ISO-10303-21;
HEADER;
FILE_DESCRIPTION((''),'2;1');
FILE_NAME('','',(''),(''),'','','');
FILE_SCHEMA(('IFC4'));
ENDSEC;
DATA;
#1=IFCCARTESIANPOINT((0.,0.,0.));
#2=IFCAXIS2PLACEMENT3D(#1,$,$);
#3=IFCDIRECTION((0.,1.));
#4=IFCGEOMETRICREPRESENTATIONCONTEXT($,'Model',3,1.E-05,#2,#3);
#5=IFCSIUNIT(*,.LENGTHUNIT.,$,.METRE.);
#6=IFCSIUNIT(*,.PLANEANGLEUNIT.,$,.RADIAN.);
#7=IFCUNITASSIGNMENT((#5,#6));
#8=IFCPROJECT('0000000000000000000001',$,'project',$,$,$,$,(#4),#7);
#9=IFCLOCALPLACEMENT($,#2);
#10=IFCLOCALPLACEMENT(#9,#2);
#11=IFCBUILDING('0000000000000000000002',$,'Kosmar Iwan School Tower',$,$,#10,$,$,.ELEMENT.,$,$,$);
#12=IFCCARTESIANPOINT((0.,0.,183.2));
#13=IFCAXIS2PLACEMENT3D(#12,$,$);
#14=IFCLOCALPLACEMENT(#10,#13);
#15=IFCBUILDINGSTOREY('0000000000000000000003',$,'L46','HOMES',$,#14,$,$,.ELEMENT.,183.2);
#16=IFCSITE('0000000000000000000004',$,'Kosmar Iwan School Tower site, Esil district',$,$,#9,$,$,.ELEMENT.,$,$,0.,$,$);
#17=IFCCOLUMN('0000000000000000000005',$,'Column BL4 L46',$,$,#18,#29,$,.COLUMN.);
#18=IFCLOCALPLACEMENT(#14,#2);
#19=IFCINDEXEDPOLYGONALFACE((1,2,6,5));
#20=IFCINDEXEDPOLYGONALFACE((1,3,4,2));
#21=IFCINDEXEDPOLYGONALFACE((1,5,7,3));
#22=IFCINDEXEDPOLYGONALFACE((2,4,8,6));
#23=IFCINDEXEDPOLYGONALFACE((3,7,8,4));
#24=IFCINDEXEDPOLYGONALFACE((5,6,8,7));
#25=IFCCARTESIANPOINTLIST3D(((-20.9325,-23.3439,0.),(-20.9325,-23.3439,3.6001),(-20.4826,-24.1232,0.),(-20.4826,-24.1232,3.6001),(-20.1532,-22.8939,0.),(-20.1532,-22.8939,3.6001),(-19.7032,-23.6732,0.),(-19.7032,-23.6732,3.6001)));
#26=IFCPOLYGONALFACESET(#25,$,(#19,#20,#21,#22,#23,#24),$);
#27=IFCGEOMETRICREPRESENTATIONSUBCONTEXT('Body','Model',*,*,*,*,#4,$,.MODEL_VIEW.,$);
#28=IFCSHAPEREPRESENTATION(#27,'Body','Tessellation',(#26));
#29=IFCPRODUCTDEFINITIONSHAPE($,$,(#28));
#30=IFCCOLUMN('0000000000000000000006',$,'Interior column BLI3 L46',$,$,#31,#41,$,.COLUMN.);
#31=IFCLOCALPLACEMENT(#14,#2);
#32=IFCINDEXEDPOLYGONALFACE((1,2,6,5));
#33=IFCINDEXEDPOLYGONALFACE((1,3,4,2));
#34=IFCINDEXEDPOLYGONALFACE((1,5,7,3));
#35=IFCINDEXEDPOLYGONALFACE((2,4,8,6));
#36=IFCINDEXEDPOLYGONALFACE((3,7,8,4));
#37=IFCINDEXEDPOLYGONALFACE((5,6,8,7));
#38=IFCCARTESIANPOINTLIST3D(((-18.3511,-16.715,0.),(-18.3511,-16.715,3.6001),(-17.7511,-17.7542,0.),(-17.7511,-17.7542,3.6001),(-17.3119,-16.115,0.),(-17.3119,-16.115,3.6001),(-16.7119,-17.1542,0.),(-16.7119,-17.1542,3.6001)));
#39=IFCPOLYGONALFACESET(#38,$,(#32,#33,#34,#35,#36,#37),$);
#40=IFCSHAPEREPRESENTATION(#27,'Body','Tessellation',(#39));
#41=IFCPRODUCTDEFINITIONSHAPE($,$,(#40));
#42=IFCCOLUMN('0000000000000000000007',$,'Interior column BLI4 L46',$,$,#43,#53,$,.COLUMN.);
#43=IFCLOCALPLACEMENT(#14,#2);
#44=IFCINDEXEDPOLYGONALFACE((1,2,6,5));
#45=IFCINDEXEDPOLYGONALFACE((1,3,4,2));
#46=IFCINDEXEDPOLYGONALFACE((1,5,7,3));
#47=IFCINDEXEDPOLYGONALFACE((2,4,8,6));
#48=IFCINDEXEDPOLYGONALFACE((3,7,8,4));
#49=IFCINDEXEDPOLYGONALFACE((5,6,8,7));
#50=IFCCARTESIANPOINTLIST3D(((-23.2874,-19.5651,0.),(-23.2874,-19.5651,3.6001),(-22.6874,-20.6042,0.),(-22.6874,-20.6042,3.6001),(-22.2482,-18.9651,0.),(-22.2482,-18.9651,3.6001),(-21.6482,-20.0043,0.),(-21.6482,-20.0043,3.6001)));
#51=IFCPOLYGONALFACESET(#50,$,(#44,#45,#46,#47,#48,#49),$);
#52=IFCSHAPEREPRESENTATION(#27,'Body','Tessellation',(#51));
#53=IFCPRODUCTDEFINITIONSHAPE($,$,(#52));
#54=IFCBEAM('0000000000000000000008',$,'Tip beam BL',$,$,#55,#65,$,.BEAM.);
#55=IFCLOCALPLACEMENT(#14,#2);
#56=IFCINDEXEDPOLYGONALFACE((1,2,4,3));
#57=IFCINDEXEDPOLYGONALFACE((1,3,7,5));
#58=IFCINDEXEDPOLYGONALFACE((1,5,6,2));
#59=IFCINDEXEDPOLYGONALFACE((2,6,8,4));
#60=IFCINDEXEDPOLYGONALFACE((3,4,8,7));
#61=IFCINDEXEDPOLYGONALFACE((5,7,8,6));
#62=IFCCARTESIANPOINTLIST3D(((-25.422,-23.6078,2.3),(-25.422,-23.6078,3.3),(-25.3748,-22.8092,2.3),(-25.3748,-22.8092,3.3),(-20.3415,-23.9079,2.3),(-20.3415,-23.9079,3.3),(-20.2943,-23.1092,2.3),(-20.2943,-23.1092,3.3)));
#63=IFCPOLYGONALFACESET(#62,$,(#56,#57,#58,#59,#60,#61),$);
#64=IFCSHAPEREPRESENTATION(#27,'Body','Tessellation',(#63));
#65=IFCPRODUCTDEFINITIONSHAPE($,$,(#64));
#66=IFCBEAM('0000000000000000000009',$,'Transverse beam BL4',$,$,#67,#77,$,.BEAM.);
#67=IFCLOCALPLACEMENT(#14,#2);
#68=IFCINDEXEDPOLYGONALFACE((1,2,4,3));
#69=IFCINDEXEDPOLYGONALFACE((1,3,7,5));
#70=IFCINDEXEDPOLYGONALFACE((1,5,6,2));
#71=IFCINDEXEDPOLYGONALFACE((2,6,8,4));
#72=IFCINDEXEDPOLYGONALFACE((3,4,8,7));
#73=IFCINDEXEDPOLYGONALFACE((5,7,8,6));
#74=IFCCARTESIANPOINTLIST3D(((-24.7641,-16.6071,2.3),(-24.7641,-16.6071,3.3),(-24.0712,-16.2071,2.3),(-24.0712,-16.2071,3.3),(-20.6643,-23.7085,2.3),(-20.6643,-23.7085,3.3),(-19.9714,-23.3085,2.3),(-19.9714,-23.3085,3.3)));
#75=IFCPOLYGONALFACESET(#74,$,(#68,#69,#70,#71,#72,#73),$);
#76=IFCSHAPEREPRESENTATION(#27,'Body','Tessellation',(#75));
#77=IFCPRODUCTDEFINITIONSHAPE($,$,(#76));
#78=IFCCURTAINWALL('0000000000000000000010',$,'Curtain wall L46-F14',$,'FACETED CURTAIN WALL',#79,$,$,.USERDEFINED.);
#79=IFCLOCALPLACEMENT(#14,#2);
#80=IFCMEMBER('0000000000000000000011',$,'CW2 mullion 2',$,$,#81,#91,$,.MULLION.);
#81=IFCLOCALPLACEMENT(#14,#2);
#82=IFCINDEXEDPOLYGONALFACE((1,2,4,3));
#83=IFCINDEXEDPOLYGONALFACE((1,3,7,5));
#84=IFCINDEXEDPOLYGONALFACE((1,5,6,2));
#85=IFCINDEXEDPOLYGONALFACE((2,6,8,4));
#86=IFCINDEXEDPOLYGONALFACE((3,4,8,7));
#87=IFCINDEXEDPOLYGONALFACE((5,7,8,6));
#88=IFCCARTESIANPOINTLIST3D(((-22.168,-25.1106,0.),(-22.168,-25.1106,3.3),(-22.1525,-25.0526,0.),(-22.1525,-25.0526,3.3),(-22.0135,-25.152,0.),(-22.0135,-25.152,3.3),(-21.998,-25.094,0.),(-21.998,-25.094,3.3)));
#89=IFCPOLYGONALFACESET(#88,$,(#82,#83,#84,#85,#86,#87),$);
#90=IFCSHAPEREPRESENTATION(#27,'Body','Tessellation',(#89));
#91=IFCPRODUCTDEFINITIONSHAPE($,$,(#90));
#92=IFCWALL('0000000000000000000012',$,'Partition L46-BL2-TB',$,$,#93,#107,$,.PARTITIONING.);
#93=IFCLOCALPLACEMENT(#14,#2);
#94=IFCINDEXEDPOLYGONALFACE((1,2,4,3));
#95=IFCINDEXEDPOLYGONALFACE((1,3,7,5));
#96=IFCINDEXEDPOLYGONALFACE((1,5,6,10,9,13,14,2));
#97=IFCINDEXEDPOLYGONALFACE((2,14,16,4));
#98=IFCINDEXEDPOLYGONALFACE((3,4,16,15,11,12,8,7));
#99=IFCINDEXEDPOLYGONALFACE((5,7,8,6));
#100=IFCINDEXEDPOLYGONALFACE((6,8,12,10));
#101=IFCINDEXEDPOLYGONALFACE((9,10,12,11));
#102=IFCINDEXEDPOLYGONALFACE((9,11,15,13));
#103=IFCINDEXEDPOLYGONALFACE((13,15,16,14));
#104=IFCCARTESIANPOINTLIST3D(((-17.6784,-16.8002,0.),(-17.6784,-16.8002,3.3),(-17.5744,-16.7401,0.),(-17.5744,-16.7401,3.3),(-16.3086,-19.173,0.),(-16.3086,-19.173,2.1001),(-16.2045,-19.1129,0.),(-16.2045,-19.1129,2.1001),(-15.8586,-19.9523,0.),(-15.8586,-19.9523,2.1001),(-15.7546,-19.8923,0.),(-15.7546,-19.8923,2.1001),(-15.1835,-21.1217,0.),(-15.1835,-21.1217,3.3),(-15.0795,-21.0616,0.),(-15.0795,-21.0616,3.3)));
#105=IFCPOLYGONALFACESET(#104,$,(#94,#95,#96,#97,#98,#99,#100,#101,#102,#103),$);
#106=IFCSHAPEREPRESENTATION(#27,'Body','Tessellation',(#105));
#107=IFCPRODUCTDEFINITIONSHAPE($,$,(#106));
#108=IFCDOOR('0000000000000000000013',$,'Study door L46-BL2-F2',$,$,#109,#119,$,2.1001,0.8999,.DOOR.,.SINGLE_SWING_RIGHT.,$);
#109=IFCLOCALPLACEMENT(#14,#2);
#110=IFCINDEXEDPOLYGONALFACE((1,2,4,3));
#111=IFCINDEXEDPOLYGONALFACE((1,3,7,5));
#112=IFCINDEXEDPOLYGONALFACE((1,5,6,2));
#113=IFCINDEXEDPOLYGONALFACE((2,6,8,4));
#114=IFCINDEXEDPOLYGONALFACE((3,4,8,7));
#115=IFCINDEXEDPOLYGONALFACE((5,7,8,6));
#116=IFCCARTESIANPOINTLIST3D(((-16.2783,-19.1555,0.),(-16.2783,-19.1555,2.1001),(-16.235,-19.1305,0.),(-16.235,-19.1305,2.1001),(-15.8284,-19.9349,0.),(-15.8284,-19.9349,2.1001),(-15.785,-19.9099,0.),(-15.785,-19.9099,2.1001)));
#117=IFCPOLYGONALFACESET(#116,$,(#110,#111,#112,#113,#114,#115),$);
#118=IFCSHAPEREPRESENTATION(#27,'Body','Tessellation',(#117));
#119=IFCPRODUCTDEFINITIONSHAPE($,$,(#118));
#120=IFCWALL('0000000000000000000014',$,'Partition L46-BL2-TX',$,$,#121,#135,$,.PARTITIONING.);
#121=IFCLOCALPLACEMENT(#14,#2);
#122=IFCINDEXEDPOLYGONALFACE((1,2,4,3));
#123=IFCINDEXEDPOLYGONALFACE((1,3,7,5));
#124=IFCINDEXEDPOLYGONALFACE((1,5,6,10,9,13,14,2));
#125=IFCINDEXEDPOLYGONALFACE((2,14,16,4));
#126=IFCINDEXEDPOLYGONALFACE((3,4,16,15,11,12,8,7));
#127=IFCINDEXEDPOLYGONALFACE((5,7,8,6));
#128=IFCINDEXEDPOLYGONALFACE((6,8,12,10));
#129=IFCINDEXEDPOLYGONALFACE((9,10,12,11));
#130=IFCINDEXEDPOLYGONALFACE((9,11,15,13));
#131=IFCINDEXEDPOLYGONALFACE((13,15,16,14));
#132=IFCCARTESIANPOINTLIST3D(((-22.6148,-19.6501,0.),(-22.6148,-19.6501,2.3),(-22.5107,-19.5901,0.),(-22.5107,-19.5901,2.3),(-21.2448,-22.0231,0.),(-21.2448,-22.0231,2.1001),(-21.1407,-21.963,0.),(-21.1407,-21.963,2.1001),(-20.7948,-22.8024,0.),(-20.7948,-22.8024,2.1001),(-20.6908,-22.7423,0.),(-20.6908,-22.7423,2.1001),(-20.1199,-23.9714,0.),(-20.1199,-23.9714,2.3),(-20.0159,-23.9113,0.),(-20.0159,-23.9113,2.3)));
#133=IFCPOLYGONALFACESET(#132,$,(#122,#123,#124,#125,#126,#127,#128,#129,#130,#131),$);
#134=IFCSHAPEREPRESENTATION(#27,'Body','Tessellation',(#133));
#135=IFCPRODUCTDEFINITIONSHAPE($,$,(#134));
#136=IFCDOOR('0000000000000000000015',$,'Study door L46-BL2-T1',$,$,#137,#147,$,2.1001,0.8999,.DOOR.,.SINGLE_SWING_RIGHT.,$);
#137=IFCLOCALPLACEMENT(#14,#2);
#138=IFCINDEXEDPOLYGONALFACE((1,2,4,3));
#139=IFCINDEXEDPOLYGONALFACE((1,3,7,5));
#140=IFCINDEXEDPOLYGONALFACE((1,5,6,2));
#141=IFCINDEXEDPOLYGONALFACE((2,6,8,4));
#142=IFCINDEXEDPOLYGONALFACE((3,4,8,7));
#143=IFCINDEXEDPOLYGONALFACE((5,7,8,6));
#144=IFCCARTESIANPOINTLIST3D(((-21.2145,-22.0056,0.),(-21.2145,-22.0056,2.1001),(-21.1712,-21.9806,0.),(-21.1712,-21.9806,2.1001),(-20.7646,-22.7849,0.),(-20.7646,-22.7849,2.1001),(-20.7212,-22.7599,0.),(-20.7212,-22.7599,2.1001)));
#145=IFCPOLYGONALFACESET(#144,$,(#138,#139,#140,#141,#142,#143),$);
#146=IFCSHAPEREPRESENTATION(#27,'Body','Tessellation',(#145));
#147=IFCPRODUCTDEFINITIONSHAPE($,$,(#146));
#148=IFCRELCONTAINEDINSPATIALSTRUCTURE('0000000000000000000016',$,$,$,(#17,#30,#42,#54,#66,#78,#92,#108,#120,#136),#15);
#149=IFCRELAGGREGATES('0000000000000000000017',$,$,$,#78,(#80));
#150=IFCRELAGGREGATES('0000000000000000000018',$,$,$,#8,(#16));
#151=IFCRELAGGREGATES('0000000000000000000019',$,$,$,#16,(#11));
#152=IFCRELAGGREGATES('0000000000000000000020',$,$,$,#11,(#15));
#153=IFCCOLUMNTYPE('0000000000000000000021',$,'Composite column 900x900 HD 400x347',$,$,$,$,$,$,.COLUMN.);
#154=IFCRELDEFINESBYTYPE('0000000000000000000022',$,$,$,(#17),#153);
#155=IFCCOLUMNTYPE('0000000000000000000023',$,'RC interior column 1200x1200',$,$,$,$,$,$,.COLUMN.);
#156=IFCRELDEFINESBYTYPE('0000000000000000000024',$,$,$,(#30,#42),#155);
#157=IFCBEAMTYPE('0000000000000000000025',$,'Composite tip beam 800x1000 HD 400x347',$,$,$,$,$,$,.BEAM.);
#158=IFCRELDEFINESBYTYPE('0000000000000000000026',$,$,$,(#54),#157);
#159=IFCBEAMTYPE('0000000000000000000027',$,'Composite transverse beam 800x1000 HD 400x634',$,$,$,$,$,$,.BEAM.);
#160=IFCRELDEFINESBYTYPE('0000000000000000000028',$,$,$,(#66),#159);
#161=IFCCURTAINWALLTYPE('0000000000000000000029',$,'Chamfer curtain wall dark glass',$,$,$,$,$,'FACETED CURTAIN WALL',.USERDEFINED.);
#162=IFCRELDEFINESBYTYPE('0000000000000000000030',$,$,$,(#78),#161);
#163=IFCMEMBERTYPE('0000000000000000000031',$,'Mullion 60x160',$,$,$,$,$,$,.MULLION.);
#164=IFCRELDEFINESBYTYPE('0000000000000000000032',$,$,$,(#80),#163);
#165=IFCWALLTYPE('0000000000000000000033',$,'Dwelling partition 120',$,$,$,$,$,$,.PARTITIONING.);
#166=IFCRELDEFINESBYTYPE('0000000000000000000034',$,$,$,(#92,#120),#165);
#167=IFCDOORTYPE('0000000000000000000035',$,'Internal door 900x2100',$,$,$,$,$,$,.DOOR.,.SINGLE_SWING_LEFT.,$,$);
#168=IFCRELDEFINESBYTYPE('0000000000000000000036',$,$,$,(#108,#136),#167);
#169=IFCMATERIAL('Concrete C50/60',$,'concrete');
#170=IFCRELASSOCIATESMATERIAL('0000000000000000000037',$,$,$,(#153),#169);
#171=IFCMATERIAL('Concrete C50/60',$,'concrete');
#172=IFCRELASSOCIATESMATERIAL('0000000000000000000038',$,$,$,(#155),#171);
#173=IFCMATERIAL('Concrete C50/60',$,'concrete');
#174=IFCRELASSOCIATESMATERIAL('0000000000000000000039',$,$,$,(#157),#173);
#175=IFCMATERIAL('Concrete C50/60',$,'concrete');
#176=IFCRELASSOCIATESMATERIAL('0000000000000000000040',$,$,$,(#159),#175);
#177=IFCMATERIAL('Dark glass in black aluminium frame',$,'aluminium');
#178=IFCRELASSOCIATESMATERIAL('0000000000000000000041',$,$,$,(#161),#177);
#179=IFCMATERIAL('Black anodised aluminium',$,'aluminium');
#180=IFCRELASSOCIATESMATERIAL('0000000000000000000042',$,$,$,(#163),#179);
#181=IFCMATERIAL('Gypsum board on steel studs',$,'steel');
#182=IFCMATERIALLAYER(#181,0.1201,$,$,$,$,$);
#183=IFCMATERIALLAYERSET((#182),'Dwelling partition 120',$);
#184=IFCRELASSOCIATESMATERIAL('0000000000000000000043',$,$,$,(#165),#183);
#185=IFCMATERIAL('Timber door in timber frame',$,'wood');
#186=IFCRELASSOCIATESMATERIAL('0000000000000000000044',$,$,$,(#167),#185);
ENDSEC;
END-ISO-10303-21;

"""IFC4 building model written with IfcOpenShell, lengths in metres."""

from ifc_helpers import new_model, si_unit, direction, frame, frame_2d, origin, origin_2d, place, context, subcontext, project, spatial, rectangle, extrude, material, layer, layer_set, material_profile, profile_set, type_object, element, fill, aggregate, save


model = new_model("IFC4")

# Units and contexts
model_context = context("Model", 3, precision=1e-05, world=origin(), true_north=direction((0.0, 1.0)))
body_context = subcontext(model_context, "Body", "Model", "MODEL_VIEW")
ifc_project = project(units=[si_unit("LENGTHUNIT", "METRE"), si_unit("PLANEANGLEUNIT", "RADIAN")], contexts=[model_context])

# Site, building, storey
site_placement = place(None, origin())
site = spatial("IfcSite", under=ifc_project, at=site_placement, Name="Kosmar Iwan School Tower site, Esil district", CompositionType="ELEMENT", RefElevation=0.0)
building_placement = place(site_placement, origin())
building = spatial("IfcBuilding", under=site, at=building_placement, Name="Kosmar Iwan School Tower", CompositionType="ELEMENT")
storey_placement = place(building_placement, frame((0.0, 0.0, 183.2)))
storey = spatial("IfcBuildingStorey", under=building, at=storey_placement, Name="L46", Description="HOMES", CompositionType="ELEMENT", Elevation=183.2)

# Columns
ifc_material_1 = material(Name="Concrete C50/60", Category="concrete")
ifc_material_profile_1 = material_profile(ifc_material_1, rectangle(XDim=0.8999, YDim=0.8999, at=origin_2d()), Name="RC 900x900 + HD 400x347")
ifc_profile_set_1 = profile_set([ifc_material_profile_1], Name="Concrete C50/60")
column_type_1 = type_object("IfcColumnType", Name="Composite column 900x900 HD 400x347", PredefinedType="COLUMN", material=ifc_profile_set_1)
column_placement = place(storey_placement, frame((-20.3179, -23.5085, 0.0), z_axis=(0.0, 0.0, 1.0), x_axis=(-0.866025, -0.5, 0.0)))
element("IfcColumn", 1, at=column_placement, inside=storey, type_object=column_type_1, Name="Column BL4 L46", PredefinedType="COLUMN", context=body_context, shape_type="SweptSolid", body=[
    extrude(rectangle(XDim=0.8999, YDim=0.8999, at=origin_2d()), origin(), (0.0, 0.0, 1.0), 3.6001),
])
ifc_material_2 = material(Name="Concrete C50/60", Category="concrete")
ifc_material_profile_2 = material_profile(ifc_material_2, rectangle(XDim=1.2, YDim=1.2, at=origin_2d()), Name="RC 1200x1200")
ifc_profile_set_2 = profile_set([ifc_material_profile_2], Name="Concrete C50/60")
column_type_2 = type_object("IfcColumnType", Name="RC interior column 1200x1200", PredefinedType="COLUMN", material=ifc_profile_set_2)
for number, where, z_axis, x_axis, name in (
    (2, (-17.5315, -16.9346, 0.0), (0.0, 0.0, 1.0), (-0.866025, -0.5, 0.0), "Interior column BLI3 L46"),
    (3, (-22.4678, -19.7847, 0.0), (0.0, 0.0, 1.0), (-0.866025, -0.5, 0.0), "Interior column BLI4 L46"),
):
    element("IfcColumn", number, at=place(storey_placement, frame(where, z_axis=z_axis, x_axis=x_axis)), inside=storey, type_object=column_type_2, Name=name, PredefinedType="COLUMN", context=body_context, shape_type="SweptSolid", body=[
        extrude(rectangle(XDim=1.2, YDim=1.2, at=origin_2d()), origin(), (0.0, 0.0, 1.0), 3.6001),
    ])

# Beams
ifc_material_3 = material(Name="Concrete C50/60", Category="concrete")
ifc_material_profile_3 = material_profile(ifc_material_3, rectangle(XDim=0.8, YDim=1.0, at=origin_2d()), Name="RC 800x1000 + HD 400x347")
ifc_profile_set_3 = profile_set([ifc_material_profile_3], Name="Concrete C50/60")
beam_type_1 = type_object("IfcBeamType", Name="Composite tip beam 800x1000 HD 400x347", PredefinedType="BEAM", material=ifc_profile_set_3)
beam_1_placement = place(storey_placement, frame((-20.3179, -23.5085, 2.8), z_axis=(-0.998261, 0.058955, 0.0), x_axis=(-0.058955, -0.998261, 0.0)))
element("IfcBeam", 4, at=beam_1_placement, inside=storey, type_object=beam_type_1, Name="Tip beam BL", PredefinedType="BEAM", context=body_context, shape_type="SweptSolid", body=[
    extrude(rectangle(XDim=0.8, YDim=1.0, at=origin_2d()), origin(), (0.0, 0.0, 1.0), 5.0894),
])
ifc_material_4 = material(Name="Concrete C50/60", Category="concrete")
ifc_material_profile_4 = material_profile(ifc_material_4, rectangle(XDim=0.8, YDim=1.0, at=origin_2d()), Name="RC 800x1000 + HD 400x634")
ifc_profile_set_4 = profile_set([ifc_material_profile_4], Name="Concrete C50/60")
beam_type_2 = type_object("IfcBeamType", Name="Composite transverse beam 800x1000 HD 400x634", PredefinedType="BEAM", material=ifc_profile_set_4)
beam_2_placement = place(storey_placement, frame((-20.3179, -23.5085, 2.8), z_axis=(-0.499978, 0.866038, 0.0), x_axis=(-0.866038, -0.499978, 0.0)))
element("IfcBeam", 5, at=beam_2_placement, inside=storey, type_object=beam_type_2, Name="Transverse beam BL4", PredefinedType="BEAM", context=body_context, shape_type="SweptSolid", body=[
    extrude(rectangle(XDim=0.8, YDim=1.0, at=origin_2d()), origin(), (0.0, 0.0, 1.0), 8.2),
])

# Curtain wall, member
ifc_material_5 = material(Name="Dark glass in black aluminium frame", Category="aluminium")
curtain_wall_type = type_object("IfcCurtainWallType", Name="Chamfer curtain wall dark glass", ElementType="FACETED CURTAIN WALL", PredefinedType="USERDEFINED", material=ifc_material_5)
curtain_wall_placement = place(storey_placement, origin())
curtain_wall = element("IfcCurtainWall", 6, at=curtain_wall_placement, inside=storey, type_object=curtain_wall_type, Name="Curtain wall L46-F14", ObjectType="FACETED CURTAIN WALL", PredefinedType="USERDEFINED")
ifc_material_6 = material(Name="Black anodised aluminium", Category="aluminium")
ifc_material_profile_5 = material_profile(ifc_material_6, rectangle(XDim=0.0601, YDim=0.1599, at=origin_2d()), Name="MULLION 60x160")
ifc_profile_set_5 = profile_set([ifc_material_profile_5], Name="Black anodised aluminium")
member_type = type_object("IfcMemberType", Name="Mullion 60x160", PredefinedType="MULLION", material=ifc_profile_set_5)
member_placement = place(storey_placement, frame((-22.083, -25.1023, 0.0), z_axis=(0.0, 0.0, 1.0), x_axis=(0.258819, 0.965926, 0.0)))
member = element("IfcMember", 7, at=member_placement, type_object=member_type, Name="CW2 mullion 2", PredefinedType="MULLION", context=body_context, shape_type="SweptSolid", body=[
    extrude(rectangle(XDim=0.0601, YDim=0.1599, at=origin_2d()), origin(), (0.0, 0.0, 1.0), 3.3),
])
aggregate(curtain_wall, [member])

# Walls, openings, doors
ifc_material_7 = material(Name="Gypsum board on steel studs", Category="steel")
ifc_layer_1 = layer(ifc_material_7, 0.1201)
ifc_layer_set_1 = layer_set([ifc_layer_1], Name="Dwelling partition 120")
wall_type_1 = type_object("IfcWallType", Name="Dwelling partition 120", PredefinedType="PARTITIONING", material=ifc_layer_set_1)
wall_1_placement = place(storey_placement, frame((-17.6265, -16.77, 0.0), z_axis=(0.0, 0.0, 1.0), x_axis=(0.499975, -0.86604, 0.0)))
wall_1 = element("IfcWall", 8, at=wall_1_placement, inside=storey, type_object=wall_type_1, Name="Partition L46-BL2-TB", PredefinedType="PARTITIONING", context=body_context, shape_type="SweptSolid", body=[
    extrude(rectangle(XDim=4.99, YDim=0.1201, at=frame_2d((2.4951, 0.0))), origin(), (0.0, 0.0, 1.0), 3.3),
])
opening_1_placement = place(wall_1_placement, frame((2.74, 0.0, 0.0)))
opening_1 = element("IfcOpeningElement", 9, at=opening_1_placement, cuts=wall_1, PredefinedType="OPENING", context=body_context, shape_type="SweptSolid", body=[
    extrude(rectangle(XDim=0.8999, YDim=2.1001, at=frame_2d((0.45, 1.05))), frame((0.0, 0.072, 0.0), z_axis=(0.0, -1.0, 0.0), x_axis=(1.0, 0.0, 0.0)), (0.0, 0.0, 1.0), 0.144),
])
ifc_material_8 = material(Name="Timber door in timber frame", Category="wood")
door_type = type_object("IfcDoorType", Name="Internal door 900x2100", OperationType="SINGLE_SWING_LEFT", PredefinedType="DOOR", material=ifc_material_8)
door_1_placement = place(opening_1_placement, origin())
door_1 = element("IfcDoor", 10, at=door_1_placement, inside=storey, type_object=door_type, Name="Study door L46-BL2-F2", OperationType="SINGLE_SWING_RIGHT", OverallHeight=2.1001, OverallWidth=0.8999, PredefinedType="DOOR", context=body_context, shape_type="SweptSolid", body=[
    extrude(rectangle(XDim=0.8999, YDim=2.1001, at=frame_2d((0.45, 1.05))), frame((0.0, 0.0249, 0.0), z_axis=(0.0, -1.0, 0.0), x_axis=(1.0, 0.0, 0.0)), (0.0, 0.0, 1.0), 0.05),
])
fill(opening_1, door_1)
wall_2_placement = place(storey_placement, frame((-22.5627, -19.6201, 0.0), z_axis=(0.0, 0.0, 1.0), x_axis=(0.499996, -0.866028, 0.0)))
wall_2 = element("IfcWall", 11, at=wall_2_placement, inside=storey, type_object=wall_type_1, Name="Partition L46-BL2-TX", PredefinedType="PARTITIONING", context=body_context, shape_type="SweptSolid", body=[
    extrude(rectangle(XDim=4.9897, YDim=0.1201, at=frame_2d((2.4949, 0.0))), origin(), (0.0, 0.0, 1.0), 2.3),
])
opening_2_placement = place(wall_2_placement, frame((2.74, 0.0, 0.0)))
opening_2 = element("IfcOpeningElement", 12, at=opening_2_placement, cuts=wall_2, PredefinedType="OPENING", context=body_context, shape_type="SweptSolid", body=[
    extrude(rectangle(XDim=0.8999, YDim=2.1001, at=frame_2d((0.45, 1.05))), frame((0.0, 0.072, 0.0), z_axis=(0.0, -1.0, 0.0), x_axis=(1.0, 0.0, 0.0)), (0.0, 0.0, 1.0), 0.144),
])
door_2_placement = place(opening_2_placement, origin())
door_2 = element("IfcDoor", 13, at=door_2_placement, inside=storey, type_object=door_type, Name="Study door L46-BL2-T1", OperationType="SINGLE_SWING_RIGHT", OverallHeight=2.1001, OverallWidth=0.8999, PredefinedType="DOOR", context=body_context, shape_type="SweptSolid", body=[
    extrude(rectangle(XDim=0.8999, YDim=2.1001, at=frame_2d((0.45, 1.05))), frame((0.0, 0.0249, 0.0), z_axis=(0.0, -1.0, 0.0), x_axis=(1.0, 0.0, 0.0)), (0.0, 0.0, 1.0), 0.05),
])
fill(opening_2, door_2)

save(model, "model.ifc")
